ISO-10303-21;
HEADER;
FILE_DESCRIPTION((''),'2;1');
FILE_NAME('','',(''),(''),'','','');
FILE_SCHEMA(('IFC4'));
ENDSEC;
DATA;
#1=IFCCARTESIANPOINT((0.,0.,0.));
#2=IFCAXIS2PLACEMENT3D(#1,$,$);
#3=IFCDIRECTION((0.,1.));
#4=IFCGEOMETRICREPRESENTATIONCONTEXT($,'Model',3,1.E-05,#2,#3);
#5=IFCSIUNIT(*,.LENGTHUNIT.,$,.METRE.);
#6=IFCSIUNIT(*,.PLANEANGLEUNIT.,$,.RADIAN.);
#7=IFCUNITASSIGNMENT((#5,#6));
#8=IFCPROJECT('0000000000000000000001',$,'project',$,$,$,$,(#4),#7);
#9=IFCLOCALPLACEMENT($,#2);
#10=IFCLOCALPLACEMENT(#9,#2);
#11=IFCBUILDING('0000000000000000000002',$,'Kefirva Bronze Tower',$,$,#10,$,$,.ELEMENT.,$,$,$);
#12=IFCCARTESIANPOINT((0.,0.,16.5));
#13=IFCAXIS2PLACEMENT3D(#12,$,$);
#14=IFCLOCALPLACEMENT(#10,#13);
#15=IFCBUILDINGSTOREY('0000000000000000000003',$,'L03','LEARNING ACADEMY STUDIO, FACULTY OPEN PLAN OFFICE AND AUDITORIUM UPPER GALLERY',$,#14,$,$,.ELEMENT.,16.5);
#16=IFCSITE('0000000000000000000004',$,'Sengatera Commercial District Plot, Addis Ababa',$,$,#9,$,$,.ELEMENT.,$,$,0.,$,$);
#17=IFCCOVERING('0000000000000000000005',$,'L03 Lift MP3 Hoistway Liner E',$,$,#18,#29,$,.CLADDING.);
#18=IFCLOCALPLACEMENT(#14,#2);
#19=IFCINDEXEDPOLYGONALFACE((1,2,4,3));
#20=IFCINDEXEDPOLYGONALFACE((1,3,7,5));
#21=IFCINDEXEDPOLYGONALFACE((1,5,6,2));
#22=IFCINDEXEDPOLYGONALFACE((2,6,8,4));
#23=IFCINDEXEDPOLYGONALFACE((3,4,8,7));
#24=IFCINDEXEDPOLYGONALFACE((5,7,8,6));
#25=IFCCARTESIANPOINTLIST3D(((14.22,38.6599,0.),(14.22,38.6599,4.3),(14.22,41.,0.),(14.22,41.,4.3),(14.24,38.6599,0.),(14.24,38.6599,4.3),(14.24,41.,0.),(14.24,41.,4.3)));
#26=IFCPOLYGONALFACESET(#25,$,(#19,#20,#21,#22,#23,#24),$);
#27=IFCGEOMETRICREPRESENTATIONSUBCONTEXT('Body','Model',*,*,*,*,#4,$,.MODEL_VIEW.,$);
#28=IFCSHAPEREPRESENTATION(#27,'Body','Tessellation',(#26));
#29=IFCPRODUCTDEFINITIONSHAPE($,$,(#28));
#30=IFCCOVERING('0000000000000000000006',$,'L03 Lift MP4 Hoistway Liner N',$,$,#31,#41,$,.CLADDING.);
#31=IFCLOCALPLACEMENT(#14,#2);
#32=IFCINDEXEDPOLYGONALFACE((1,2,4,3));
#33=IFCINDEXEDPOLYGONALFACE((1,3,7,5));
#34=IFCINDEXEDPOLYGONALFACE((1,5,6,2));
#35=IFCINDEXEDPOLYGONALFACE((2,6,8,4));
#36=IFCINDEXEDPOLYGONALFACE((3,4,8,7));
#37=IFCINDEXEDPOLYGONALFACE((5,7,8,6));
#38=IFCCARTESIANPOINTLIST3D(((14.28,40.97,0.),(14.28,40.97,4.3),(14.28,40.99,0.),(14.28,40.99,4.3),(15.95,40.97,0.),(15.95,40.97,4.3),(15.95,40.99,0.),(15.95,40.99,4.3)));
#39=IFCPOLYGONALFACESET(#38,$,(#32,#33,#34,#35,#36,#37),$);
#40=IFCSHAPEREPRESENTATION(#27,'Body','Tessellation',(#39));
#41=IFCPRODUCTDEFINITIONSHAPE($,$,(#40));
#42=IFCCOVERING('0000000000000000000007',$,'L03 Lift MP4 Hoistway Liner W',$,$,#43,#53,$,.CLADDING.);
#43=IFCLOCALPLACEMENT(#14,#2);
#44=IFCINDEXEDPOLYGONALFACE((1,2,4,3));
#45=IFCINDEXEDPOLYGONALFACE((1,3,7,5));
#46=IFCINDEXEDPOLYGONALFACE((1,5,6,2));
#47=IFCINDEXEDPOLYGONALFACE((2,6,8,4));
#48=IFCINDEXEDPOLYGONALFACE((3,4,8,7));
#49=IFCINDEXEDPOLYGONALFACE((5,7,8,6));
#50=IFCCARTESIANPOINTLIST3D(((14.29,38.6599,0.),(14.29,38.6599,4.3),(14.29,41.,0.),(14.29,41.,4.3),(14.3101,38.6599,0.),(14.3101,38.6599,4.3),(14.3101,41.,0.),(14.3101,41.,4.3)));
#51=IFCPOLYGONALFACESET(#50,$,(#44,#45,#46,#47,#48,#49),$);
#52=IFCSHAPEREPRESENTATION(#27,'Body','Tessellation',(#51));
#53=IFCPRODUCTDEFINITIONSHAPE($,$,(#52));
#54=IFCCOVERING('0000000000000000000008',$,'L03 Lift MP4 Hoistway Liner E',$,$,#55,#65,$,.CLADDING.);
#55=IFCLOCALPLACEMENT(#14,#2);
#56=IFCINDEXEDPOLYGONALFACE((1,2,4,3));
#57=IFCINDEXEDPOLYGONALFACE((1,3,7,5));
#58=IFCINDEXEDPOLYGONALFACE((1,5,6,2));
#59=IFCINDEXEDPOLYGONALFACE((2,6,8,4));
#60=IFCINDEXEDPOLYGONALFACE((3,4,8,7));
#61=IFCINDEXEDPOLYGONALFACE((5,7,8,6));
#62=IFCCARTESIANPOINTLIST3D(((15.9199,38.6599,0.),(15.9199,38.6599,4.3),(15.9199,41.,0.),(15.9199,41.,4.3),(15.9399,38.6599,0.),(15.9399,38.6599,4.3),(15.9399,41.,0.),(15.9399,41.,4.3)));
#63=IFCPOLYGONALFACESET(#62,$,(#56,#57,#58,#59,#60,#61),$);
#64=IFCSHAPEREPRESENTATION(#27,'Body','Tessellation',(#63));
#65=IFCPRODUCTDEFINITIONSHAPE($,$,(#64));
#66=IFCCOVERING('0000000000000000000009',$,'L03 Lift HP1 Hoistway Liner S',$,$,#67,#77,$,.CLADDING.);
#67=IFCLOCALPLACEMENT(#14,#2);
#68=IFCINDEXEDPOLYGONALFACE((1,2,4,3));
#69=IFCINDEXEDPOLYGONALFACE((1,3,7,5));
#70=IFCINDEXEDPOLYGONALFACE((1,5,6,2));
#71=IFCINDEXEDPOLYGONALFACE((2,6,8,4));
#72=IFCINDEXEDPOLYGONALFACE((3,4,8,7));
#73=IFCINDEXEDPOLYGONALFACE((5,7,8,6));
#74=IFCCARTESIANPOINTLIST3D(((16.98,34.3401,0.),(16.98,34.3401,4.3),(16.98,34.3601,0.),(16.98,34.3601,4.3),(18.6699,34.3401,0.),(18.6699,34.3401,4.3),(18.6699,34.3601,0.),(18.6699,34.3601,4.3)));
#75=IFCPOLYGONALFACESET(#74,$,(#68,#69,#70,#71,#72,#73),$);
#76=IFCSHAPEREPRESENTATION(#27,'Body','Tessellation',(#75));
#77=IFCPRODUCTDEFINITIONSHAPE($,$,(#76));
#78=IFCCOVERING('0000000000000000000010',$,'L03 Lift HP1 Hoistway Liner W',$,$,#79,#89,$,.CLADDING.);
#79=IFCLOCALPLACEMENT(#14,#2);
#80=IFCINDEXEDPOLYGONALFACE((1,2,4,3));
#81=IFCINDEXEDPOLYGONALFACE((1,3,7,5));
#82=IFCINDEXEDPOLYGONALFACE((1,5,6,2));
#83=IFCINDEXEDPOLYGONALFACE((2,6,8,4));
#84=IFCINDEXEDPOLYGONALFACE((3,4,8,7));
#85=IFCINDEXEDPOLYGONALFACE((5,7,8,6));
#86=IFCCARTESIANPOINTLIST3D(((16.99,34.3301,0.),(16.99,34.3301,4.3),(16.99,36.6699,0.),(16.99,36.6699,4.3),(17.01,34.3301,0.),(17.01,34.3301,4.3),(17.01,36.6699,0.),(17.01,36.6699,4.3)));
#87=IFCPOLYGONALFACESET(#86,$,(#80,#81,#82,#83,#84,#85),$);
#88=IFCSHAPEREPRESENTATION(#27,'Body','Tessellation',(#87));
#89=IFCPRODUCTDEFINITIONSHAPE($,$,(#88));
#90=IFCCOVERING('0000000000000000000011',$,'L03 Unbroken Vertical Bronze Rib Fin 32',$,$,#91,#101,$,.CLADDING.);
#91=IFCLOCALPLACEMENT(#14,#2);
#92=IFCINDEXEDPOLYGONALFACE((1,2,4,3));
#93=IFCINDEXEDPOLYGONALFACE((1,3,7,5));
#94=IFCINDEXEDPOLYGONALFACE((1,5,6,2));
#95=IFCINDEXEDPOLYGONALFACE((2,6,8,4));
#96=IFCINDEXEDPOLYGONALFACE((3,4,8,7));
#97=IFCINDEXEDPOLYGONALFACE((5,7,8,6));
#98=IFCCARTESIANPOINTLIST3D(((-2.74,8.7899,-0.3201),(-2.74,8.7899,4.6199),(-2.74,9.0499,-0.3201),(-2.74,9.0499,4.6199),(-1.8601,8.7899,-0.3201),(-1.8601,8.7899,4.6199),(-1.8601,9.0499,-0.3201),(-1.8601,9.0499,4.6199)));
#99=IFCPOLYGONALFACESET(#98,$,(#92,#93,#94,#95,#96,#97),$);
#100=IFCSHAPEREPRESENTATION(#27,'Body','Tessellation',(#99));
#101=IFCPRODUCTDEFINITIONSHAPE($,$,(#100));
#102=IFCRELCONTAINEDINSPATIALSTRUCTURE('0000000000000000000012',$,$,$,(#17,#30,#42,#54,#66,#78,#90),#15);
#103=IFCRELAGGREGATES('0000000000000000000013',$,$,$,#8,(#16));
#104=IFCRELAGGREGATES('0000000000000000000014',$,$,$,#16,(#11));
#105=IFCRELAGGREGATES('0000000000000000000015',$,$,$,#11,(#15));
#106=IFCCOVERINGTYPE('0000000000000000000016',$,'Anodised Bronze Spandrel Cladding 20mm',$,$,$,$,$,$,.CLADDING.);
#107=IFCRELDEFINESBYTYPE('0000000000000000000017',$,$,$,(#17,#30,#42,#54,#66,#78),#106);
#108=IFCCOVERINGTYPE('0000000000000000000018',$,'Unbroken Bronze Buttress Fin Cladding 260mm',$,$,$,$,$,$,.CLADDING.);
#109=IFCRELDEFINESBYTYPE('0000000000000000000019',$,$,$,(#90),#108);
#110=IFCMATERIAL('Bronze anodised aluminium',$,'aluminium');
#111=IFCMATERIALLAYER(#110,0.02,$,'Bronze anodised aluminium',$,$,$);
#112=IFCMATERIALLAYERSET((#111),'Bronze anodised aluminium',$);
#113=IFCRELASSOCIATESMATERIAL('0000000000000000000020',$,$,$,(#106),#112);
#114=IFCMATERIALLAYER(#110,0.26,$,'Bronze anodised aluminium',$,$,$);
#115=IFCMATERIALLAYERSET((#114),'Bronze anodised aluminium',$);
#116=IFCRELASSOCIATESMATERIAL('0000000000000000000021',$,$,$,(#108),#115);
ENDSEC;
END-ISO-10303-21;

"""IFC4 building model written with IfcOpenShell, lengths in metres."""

from ifc_helpers import new_model, si_unit, direction, frame, origin, origin_2d, place, context, subcontext, project, spatial, polyline, rectangle, outline, extrude, material, layer, layer_set, type_object, element, save


model = new_model("IFC4")

# Units and contexts
model_context = context("Model", 3, precision=1e-05, world=origin(), true_north=direction((0.0, 1.0)))
body_context = subcontext(model_context, "Body", "Model", "MODEL_VIEW")
ifc_project = project(units=[si_unit("LENGTHUNIT", "METRE"), si_unit("PLANEANGLEUNIT", "RADIAN")], contexts=[model_context])

# Site, building, storey
site_placement = place(None, origin())
site = spatial("IfcSite", under=ifc_project, at=site_placement, Name="Sengatera Commercial District Plot, Addis Ababa", CompositionType="ELEMENT", RefElevation=0.0)
building_placement = place(site_placement, origin())
building = spatial("IfcBuilding", under=site, at=building_placement, Name="Kefirva Bronze Tower", CompositionType="ELEMENT")
storey_placement = place(building_placement, frame((0.0, 0.0, 16.5)))
storey = spatial("IfcBuildingStorey", under=building, at=storey_placement, Name="L03", Description="LEARNING ACADEMY STUDIO, FACULTY OPEN PLAN OFFICE AND AUDITORIUM UPPER GALLERY", CompositionType="ELEMENT", Elevation=16.5)

# Shared definitions
ifc_material_1 = material(Name="Bronze anodised aluminium", Category="aluminium")

# Coverings
ifc_layer_1 = layer(ifc_material_1, 0.02, Name="Bronze anodised aluminium")
ifc_layer_set_1 = layer_set([ifc_layer_1], Name="Bronze anodised aluminium")
covering_type_1 = type_object("IfcCoveringType", Name="Anodised Bronze Spandrel Cladding 20mm", PredefinedType="CLADDING", material=ifc_layer_set_1)
covering_1_placement = place(storey_placement, origin())
element("IfcCovering", 1, at=covering_1_placement, inside=storey, type_object=covering_type_1, Name="L03 Lift MP3 Hoistway Liner E", PredefinedType="CLADDING", context=body_context, shape_type="SweptSolid", body=[
    extrude(outline(polyline([(14.22, 38.6599), (14.24, 38.6599), (14.24, 41.0), (14.22, 41.0), (14.22, 38.6599)])), origin(), (0.0, 0.0, 1.0), 4.3),
])
covering_2_placement = place(storey_placement, origin())
element("IfcCovering", 2, at=covering_2_placement, inside=storey, type_object=covering_type_1, Name="L03 Lift MP4 Hoistway Liner N", PredefinedType="CLADDING", context=body_context, shape_type="SweptSolid", body=[
    extrude(outline(polyline([(14.28, 40.97), (15.95, 40.97), (15.95, 40.99), (14.28, 40.99), (14.28, 40.97)])), origin(), (0.0, 0.0, 1.0), 4.3),
])
covering_3_placement = place(storey_placement, origin())
element("IfcCovering", 3, at=covering_3_placement, inside=storey, type_object=covering_type_1, Name="L03 Lift MP4 Hoistway Liner W", PredefinedType="CLADDING", context=body_context, shape_type="SweptSolid", body=[
    extrude(outline(polyline([(14.29, 38.6599), (14.3101, 38.6599), (14.3101, 41.0), (14.29, 41.0), (14.29, 38.6599)])), origin(), (0.0, 0.0, 1.0), 4.3),
])
covering_4_placement = place(storey_placement, origin())
element("IfcCovering", 4, at=covering_4_placement, inside=storey, type_object=covering_type_1, Name="L03 Lift MP4 Hoistway Liner E", PredefinedType="CLADDING", context=body_context, shape_type="SweptSolid", body=[
    extrude(outline(polyline([(15.9199, 38.6599), (15.9399, 38.6599), (15.9399, 41.0), (15.9199, 41.0), (15.9199, 38.6599)])), origin(), (0.0, 0.0, 1.0), 4.3),
])
covering_5_placement = place(storey_placement, origin())
element("IfcCovering", 5, at=covering_5_placement, inside=storey, type_object=covering_type_1, Name="L03 Lift HP1 Hoistway Liner S", PredefinedType="CLADDING", context=body_context, shape_type="SweptSolid", body=[
    extrude(outline(polyline([(16.98, 34.3401), (18.6699, 34.3401), (18.6699, 34.3601), (16.98, 34.3601), (16.98, 34.3401)])), origin(), (0.0, 0.0, 1.0), 4.3),
])
covering_6_placement = place(storey_placement, origin())
element("IfcCovering", 6, at=covering_6_placement, inside=storey, type_object=covering_type_1, Name="L03 Lift HP1 Hoistway Liner W", PredefinedType="CLADDING", context=body_context, shape_type="SweptSolid", body=[
    extrude(outline(polyline([(16.99, 34.3301), (17.01, 34.3301), (17.01, 36.6699), (16.99, 36.6699), (16.99, 34.3301)])), origin(), (0.0, 0.0, 1.0), 4.3),
])
ifc_layer_2 = layer(ifc_material_1, 0.26, Name="Bronze anodised aluminium")
ifc_layer_set_2 = layer_set([ifc_layer_2], Name="Bronze anodised aluminium")
covering_type_2 = type_object("IfcCoveringType", Name="Unbroken Bronze Buttress Fin Cladding 260mm", PredefinedType="CLADDING", material=ifc_layer_set_2)
covering_7_placement = place(storey_placement, frame((-2.3, 8.9199, -0.3201), z_axis=(0.0, 0.0, 1.0), x_axis=(0.0, -1.0, 0.0)))
element("IfcCovering", 7, at=covering_7_placement, inside=storey, type_object=covering_type_2, Name="L03 Unbroken Vertical Bronze Rib Fin 32", PredefinedType="CLADDING", context=body_context, shape_type="SweptSolid", body=[
    extrude(rectangle(XDim=0.26, YDim=0.8799, at=origin_2d()), origin(), (0.0, 0.0, 1.0), 4.9399),
])

save(model, "model.ifc")
